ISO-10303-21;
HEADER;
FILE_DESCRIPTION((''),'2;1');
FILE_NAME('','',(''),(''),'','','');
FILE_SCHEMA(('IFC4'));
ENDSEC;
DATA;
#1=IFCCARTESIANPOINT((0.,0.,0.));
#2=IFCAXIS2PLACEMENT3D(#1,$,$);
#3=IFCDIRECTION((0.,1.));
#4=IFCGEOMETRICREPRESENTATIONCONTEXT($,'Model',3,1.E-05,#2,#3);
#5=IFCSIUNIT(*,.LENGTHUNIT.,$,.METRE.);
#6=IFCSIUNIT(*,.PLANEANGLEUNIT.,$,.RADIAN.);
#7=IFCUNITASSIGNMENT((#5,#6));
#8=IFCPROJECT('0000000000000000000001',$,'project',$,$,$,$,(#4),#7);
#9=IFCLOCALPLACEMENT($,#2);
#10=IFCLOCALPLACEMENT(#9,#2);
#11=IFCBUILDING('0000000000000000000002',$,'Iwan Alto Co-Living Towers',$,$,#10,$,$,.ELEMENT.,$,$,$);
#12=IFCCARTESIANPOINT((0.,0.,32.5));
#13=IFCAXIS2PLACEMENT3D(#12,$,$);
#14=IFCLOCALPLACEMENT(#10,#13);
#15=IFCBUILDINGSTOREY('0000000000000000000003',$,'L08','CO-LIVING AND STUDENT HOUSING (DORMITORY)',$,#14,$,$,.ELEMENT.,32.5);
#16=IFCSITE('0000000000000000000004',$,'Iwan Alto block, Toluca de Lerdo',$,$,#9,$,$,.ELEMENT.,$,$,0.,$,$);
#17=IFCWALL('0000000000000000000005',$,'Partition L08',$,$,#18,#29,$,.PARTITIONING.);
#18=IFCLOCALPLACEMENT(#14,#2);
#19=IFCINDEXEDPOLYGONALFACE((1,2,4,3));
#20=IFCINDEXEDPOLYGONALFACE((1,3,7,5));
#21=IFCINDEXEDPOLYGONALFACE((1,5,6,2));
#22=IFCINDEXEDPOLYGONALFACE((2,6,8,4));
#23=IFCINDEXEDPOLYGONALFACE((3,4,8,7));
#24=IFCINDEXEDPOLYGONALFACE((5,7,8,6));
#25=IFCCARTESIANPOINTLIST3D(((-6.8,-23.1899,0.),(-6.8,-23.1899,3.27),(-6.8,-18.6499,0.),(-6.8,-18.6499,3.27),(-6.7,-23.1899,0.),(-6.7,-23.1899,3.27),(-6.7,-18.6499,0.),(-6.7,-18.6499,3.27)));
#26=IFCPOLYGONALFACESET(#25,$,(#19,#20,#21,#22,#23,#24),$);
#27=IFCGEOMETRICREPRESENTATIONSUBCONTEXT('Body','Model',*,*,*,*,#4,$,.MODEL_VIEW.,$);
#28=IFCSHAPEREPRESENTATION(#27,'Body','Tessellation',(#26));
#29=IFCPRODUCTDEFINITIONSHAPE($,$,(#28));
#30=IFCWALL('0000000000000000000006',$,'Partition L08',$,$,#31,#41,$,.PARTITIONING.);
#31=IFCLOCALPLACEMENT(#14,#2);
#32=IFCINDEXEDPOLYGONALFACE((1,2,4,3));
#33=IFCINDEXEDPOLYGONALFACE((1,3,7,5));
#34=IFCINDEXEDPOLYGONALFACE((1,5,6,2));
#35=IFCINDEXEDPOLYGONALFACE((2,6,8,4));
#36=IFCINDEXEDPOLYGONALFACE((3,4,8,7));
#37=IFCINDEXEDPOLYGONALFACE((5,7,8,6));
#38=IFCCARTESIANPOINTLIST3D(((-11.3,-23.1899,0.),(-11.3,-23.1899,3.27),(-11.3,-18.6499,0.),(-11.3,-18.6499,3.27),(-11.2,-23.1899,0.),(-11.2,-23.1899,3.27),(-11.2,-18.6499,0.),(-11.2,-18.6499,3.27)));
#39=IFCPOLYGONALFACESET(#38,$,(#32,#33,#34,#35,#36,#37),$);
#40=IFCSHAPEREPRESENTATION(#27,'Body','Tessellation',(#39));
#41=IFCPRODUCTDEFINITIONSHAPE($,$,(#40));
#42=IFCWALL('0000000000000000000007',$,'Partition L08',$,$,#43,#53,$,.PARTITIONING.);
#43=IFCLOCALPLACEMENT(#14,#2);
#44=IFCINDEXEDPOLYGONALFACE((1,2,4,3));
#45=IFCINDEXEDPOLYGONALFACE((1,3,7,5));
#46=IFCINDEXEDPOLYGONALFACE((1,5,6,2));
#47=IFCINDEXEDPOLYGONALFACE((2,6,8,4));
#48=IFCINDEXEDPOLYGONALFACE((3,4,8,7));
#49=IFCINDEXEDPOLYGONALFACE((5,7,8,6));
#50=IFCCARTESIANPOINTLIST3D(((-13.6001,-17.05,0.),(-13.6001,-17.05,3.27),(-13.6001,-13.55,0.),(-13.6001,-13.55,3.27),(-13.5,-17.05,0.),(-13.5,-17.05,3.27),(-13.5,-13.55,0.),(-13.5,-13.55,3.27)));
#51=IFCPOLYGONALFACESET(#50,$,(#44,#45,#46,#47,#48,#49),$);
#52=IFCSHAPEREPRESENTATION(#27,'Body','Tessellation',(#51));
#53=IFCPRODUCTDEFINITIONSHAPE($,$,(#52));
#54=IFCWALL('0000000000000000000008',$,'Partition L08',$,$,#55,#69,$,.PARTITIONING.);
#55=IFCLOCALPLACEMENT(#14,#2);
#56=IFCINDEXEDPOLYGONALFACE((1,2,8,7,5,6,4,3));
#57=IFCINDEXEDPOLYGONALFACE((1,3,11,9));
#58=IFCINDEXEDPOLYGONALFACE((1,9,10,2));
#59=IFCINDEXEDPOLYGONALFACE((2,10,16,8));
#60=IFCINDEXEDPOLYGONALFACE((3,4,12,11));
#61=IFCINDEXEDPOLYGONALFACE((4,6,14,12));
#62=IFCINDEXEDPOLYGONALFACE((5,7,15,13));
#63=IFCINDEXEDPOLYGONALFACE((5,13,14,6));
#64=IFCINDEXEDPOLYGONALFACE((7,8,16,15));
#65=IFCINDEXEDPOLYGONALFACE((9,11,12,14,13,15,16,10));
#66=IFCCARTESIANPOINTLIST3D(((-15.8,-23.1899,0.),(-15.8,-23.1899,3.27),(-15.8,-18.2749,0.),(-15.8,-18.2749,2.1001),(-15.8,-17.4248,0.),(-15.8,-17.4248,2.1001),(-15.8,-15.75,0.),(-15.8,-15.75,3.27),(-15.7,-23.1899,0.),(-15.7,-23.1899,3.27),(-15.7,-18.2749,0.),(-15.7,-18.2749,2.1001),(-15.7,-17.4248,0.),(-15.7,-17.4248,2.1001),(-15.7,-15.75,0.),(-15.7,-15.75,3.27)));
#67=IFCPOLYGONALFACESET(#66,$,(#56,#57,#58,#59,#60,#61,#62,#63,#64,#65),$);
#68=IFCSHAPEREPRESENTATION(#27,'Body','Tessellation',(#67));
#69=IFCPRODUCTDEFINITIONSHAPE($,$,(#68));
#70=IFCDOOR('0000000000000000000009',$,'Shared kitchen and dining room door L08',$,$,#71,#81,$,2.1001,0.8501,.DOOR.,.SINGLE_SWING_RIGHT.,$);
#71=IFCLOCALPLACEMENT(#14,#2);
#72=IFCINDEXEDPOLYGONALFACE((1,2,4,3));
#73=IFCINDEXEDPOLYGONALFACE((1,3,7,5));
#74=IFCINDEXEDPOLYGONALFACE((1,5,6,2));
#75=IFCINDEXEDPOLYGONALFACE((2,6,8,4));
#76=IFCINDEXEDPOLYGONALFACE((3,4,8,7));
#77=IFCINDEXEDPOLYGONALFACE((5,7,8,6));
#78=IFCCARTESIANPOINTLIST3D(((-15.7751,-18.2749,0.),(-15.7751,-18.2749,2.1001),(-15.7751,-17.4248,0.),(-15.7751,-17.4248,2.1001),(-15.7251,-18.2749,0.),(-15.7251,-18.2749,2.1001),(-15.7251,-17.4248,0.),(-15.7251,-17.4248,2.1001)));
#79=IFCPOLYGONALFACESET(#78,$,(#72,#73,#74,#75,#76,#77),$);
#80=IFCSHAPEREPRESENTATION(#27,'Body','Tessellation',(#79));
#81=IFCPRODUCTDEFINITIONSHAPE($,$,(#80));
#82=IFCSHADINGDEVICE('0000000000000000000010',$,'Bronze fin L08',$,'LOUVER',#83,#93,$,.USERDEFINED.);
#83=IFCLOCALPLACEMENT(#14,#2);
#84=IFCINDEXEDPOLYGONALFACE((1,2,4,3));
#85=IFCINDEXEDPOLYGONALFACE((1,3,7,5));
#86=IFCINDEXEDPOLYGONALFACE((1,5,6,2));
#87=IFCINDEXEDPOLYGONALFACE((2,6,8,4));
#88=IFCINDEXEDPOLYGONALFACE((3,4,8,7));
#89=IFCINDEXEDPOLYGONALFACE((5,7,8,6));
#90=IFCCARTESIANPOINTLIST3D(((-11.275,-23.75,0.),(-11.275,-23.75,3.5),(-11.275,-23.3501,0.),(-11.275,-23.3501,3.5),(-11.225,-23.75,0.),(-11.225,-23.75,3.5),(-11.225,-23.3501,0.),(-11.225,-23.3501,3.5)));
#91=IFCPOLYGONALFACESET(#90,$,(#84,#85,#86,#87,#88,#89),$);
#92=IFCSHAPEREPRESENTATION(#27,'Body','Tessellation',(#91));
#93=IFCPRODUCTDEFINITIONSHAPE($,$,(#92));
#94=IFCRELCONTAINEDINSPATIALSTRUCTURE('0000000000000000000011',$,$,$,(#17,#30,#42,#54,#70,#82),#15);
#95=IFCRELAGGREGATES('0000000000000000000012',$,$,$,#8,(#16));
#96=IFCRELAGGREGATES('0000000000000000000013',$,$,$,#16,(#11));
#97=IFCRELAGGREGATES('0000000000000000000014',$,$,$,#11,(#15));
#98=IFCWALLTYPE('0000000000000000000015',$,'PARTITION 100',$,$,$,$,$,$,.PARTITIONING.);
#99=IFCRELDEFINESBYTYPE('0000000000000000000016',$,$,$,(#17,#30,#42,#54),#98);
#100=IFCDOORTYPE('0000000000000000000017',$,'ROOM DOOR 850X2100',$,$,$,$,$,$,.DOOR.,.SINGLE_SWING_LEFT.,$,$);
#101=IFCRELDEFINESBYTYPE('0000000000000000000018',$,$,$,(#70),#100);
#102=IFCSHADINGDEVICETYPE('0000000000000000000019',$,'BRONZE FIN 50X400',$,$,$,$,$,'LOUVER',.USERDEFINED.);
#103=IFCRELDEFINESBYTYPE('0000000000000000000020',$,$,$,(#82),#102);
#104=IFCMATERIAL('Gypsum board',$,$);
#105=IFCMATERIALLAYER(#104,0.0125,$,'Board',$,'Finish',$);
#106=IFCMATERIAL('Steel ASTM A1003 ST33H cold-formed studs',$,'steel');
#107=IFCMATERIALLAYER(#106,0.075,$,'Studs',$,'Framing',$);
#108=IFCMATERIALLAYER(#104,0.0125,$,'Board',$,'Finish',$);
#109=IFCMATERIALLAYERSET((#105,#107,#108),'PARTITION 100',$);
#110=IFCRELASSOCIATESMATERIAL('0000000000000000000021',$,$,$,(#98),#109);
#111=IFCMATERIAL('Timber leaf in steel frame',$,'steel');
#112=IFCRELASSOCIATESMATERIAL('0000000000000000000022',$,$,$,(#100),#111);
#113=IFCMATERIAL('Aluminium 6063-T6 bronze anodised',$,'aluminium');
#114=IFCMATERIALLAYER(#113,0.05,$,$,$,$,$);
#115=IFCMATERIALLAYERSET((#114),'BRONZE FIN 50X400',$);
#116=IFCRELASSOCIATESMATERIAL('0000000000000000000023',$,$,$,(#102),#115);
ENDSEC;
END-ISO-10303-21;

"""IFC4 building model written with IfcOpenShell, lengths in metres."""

from ifc_helpers import new_model, si_unit, direction, frame, frame_2d, origin, origin_2d, place, context, subcontext, project, spatial, rectangle, extrude, material, layer, layer_set, type_object, element, fill, save


model = new_model("IFC4")

# Units and contexts
model_context = context("Model", 3, precision=1e-05, world=origin(), true_north=direction((0.0, 1.0)))
body_context = subcontext(model_context, "Body", "Model", "MODEL_VIEW")
ifc_project = project(units=[si_unit("LENGTHUNIT", "METRE"), si_unit("PLANEANGLEUNIT", "RADIAN")], contexts=[model_context])

# Site, building, storey
site_placement = place(None, origin())
site = spatial("IfcSite", under=ifc_project, at=site_placement, Name="Iwan Alto block, Toluca de Lerdo", CompositionType="ELEMENT", RefElevation=0.0)
building_placement = place(site_placement, origin())
building = spatial("IfcBuilding", under=site, at=building_placement, Name="Iwan Alto Co-Living Towers", CompositionType="ELEMENT")
storey_placement = place(building_placement, frame((0.0, 0.0, 32.5)))
storey = spatial("IfcBuildingStorey", under=building, at=storey_placement, Name="L08", Description="CO-LIVING AND STUDENT HOUSING (DORMITORY)", CompositionType="ELEMENT", Elevation=32.5)

# Shared definitions
ifc_material_1 = material(Name="Gypsum board")
ifc_layer_1 = layer(ifc_material_1, 0.0125, Name="Board", Category="Finish")
ifc_material_2 = material(Name="Steel ASTM A1003 ST33H cold-formed studs", Category="steel")
ifc_layer_2 = layer(ifc_material_2, 0.075, Name="Studs", Category="Framing")
ifc_layer_3 = layer(ifc_material_1, 0.0125, Name="Board", Category="Finish")
ifc_layer_set_1 = layer_set([ifc_layer_1, ifc_layer_2, ifc_layer_3], Name="PARTITION 100")
wall_type = type_object("IfcWallType", Name="PARTITION 100", PredefinedType="PARTITIONING", material=ifc_layer_set_1)

# Shared definitions
ifc_material_3 = material(Name="Timber leaf in steel frame", Category="steel")
door_type_1 = type_object("IfcDoorType", Name="ROOM DOOR 850X2100", OperationType="SINGLE_SWING_LEFT", PredefinedType="DOOR", material=ifc_material_3)

# Walls
for number, where, z_axis, x_axis, name in (
    (1, (-6.75, -23.1899, 0.0), (0.0, 0.0, 1.0), (0.0, 1.0, 0.0), "Partition L08"),
    (2, (-11.25, -23.1899, 0.0), (0.0, 0.0, 1.0), (0.0, 1.0, 0.0), "Partition L08"),
):
    element("IfcWall", number, at=place(storey_placement, frame(where, z_axis=z_axis, x_axis=x_axis)), inside=storey, type_object=wall_type, Name=name, PredefinedType="PARTITIONING", context=body_context, shape_type="SweptSolid", body=[
        extrude(rectangle(XDim=4.54, YDim=0.1001, at=frame_2d((2.27, 0.0))), origin(), (0.0, 0.0, 1.0), 3.27),
    ])
wall_1_placement = place(storey_placement, frame((-13.55, -17.05, 0.0), z_axis=(0.0, 0.0, 1.0), x_axis=(0.0, 1.0, 0.0)))
element("IfcWall", 3, at=wall_1_placement, inside=storey, type_object=wall_type, Name="Partition L08", PredefinedType="PARTITIONING", context=body_context, shape_type="SweptSolid", body=[
    extrude(rectangle(XDim=3.5, YDim=0.1001, at=frame_2d((1.75, 0.0))), origin(), (0.0, 0.0, 1.0), 3.27),
])

# Wall, opening, door
wall_2_placement = place(storey_placement, frame((-15.75, -23.1899, 0.0), z_axis=(0.0, 0.0, 1.0), x_axis=(0.0, 1.0, 0.0)))
wall_2 = element("IfcWall", 4, at=wall_2_placement, inside=storey, type_object=wall_type, Name="Partition L08", PredefinedType="PARTITIONING", context=body_context, shape_type="SweptSolid", body=[
    extrude(rectangle(XDim=7.4399, YDim=0.1001, at=frame_2d((3.72, 0.0))), origin(), (0.0, 0.0, 1.0), 3.27),
])
opening_1_placement = place(wall_2_placement, frame((4.915, 0.0, 0.0)))
opening_1 = element("IfcOpeningElement", 5, at=opening_1_placement, cuts=wall_2, PredefinedType="OPENING", context=body_context, shape_type="SweptSolid", body=[
    extrude(rectangle(XDim=0.8501, YDim=2.1001, at=frame_2d((0.425, 1.05))), frame((0.0, 0.0601, 0.0), z_axis=(0.0, -1.0, 0.0), x_axis=(1.0, 0.0, 0.0)), (0.0, 0.0, 1.0), 0.1201),
])
door_1_placement = place(opening_1_placement, frame((0.8501, 0.0, 0.0), z_axis=(0.0, 0.0, 1.0), x_axis=(-1.0, 0.0, 0.0)))
door_1 = element("IfcDoor", 6, at=door_1_placement, inside=storey, type_object=door_type_1, Name="Shared kitchen and dining room door L08", OperationType="SINGLE_SWING_RIGHT", OverallHeight=2.1001, OverallWidth=0.8501, PredefinedType="DOOR", context=body_context, shape_type="SweptSolid", body=[
    extrude(rectangle(XDim=0.8501, YDim=2.1001, at=frame_2d((0.425, 1.05))), frame((0.0, 0.0249, 0.0), z_axis=(0.0, -1.0, 0.0), x_axis=(1.0, 0.0, 0.0)), (0.0, 0.0, 1.0), 0.05),
])
fill(opening_1, door_1)

# Shading device
ifc_material_4 = material(Name="Aluminium 6063-T6 bronze anodised", Category="aluminium")
ifc_layer_4 = layer(ifc_material_4, 0.05)
ifc_layer_set_2 = layer_set([ifc_layer_4], Name="BRONZE FIN 50X400")
shading_device_type = type_object("IfcShadingDeviceType", Name="BRONZE FIN 50X400", ElementType="LOUVER", PredefinedType="USERDEFINED", material=ifc_layer_set_2)
shading_device_placement = place(storey_placement, frame((-11.25, -23.55, 0.0), z_axis=(0.0, 0.0, 1.0), x_axis=(1.0, 0.0, 0.0)))
element("IfcShadingDevice", 7, at=shading_device_placement, inside=storey, type_object=shading_device_type, Name="Bronze fin L08", ObjectType="LOUVER", PredefinedType="USERDEFINED", context=body_context, shape_type="SweptSolid", body=[
    extrude(rectangle(XDim=0.05, YDim=0.3999, at=origin_2d()), origin(), (0.0, 0.0, 1.0), 3.5),
])

save(model, "model.ifc")
